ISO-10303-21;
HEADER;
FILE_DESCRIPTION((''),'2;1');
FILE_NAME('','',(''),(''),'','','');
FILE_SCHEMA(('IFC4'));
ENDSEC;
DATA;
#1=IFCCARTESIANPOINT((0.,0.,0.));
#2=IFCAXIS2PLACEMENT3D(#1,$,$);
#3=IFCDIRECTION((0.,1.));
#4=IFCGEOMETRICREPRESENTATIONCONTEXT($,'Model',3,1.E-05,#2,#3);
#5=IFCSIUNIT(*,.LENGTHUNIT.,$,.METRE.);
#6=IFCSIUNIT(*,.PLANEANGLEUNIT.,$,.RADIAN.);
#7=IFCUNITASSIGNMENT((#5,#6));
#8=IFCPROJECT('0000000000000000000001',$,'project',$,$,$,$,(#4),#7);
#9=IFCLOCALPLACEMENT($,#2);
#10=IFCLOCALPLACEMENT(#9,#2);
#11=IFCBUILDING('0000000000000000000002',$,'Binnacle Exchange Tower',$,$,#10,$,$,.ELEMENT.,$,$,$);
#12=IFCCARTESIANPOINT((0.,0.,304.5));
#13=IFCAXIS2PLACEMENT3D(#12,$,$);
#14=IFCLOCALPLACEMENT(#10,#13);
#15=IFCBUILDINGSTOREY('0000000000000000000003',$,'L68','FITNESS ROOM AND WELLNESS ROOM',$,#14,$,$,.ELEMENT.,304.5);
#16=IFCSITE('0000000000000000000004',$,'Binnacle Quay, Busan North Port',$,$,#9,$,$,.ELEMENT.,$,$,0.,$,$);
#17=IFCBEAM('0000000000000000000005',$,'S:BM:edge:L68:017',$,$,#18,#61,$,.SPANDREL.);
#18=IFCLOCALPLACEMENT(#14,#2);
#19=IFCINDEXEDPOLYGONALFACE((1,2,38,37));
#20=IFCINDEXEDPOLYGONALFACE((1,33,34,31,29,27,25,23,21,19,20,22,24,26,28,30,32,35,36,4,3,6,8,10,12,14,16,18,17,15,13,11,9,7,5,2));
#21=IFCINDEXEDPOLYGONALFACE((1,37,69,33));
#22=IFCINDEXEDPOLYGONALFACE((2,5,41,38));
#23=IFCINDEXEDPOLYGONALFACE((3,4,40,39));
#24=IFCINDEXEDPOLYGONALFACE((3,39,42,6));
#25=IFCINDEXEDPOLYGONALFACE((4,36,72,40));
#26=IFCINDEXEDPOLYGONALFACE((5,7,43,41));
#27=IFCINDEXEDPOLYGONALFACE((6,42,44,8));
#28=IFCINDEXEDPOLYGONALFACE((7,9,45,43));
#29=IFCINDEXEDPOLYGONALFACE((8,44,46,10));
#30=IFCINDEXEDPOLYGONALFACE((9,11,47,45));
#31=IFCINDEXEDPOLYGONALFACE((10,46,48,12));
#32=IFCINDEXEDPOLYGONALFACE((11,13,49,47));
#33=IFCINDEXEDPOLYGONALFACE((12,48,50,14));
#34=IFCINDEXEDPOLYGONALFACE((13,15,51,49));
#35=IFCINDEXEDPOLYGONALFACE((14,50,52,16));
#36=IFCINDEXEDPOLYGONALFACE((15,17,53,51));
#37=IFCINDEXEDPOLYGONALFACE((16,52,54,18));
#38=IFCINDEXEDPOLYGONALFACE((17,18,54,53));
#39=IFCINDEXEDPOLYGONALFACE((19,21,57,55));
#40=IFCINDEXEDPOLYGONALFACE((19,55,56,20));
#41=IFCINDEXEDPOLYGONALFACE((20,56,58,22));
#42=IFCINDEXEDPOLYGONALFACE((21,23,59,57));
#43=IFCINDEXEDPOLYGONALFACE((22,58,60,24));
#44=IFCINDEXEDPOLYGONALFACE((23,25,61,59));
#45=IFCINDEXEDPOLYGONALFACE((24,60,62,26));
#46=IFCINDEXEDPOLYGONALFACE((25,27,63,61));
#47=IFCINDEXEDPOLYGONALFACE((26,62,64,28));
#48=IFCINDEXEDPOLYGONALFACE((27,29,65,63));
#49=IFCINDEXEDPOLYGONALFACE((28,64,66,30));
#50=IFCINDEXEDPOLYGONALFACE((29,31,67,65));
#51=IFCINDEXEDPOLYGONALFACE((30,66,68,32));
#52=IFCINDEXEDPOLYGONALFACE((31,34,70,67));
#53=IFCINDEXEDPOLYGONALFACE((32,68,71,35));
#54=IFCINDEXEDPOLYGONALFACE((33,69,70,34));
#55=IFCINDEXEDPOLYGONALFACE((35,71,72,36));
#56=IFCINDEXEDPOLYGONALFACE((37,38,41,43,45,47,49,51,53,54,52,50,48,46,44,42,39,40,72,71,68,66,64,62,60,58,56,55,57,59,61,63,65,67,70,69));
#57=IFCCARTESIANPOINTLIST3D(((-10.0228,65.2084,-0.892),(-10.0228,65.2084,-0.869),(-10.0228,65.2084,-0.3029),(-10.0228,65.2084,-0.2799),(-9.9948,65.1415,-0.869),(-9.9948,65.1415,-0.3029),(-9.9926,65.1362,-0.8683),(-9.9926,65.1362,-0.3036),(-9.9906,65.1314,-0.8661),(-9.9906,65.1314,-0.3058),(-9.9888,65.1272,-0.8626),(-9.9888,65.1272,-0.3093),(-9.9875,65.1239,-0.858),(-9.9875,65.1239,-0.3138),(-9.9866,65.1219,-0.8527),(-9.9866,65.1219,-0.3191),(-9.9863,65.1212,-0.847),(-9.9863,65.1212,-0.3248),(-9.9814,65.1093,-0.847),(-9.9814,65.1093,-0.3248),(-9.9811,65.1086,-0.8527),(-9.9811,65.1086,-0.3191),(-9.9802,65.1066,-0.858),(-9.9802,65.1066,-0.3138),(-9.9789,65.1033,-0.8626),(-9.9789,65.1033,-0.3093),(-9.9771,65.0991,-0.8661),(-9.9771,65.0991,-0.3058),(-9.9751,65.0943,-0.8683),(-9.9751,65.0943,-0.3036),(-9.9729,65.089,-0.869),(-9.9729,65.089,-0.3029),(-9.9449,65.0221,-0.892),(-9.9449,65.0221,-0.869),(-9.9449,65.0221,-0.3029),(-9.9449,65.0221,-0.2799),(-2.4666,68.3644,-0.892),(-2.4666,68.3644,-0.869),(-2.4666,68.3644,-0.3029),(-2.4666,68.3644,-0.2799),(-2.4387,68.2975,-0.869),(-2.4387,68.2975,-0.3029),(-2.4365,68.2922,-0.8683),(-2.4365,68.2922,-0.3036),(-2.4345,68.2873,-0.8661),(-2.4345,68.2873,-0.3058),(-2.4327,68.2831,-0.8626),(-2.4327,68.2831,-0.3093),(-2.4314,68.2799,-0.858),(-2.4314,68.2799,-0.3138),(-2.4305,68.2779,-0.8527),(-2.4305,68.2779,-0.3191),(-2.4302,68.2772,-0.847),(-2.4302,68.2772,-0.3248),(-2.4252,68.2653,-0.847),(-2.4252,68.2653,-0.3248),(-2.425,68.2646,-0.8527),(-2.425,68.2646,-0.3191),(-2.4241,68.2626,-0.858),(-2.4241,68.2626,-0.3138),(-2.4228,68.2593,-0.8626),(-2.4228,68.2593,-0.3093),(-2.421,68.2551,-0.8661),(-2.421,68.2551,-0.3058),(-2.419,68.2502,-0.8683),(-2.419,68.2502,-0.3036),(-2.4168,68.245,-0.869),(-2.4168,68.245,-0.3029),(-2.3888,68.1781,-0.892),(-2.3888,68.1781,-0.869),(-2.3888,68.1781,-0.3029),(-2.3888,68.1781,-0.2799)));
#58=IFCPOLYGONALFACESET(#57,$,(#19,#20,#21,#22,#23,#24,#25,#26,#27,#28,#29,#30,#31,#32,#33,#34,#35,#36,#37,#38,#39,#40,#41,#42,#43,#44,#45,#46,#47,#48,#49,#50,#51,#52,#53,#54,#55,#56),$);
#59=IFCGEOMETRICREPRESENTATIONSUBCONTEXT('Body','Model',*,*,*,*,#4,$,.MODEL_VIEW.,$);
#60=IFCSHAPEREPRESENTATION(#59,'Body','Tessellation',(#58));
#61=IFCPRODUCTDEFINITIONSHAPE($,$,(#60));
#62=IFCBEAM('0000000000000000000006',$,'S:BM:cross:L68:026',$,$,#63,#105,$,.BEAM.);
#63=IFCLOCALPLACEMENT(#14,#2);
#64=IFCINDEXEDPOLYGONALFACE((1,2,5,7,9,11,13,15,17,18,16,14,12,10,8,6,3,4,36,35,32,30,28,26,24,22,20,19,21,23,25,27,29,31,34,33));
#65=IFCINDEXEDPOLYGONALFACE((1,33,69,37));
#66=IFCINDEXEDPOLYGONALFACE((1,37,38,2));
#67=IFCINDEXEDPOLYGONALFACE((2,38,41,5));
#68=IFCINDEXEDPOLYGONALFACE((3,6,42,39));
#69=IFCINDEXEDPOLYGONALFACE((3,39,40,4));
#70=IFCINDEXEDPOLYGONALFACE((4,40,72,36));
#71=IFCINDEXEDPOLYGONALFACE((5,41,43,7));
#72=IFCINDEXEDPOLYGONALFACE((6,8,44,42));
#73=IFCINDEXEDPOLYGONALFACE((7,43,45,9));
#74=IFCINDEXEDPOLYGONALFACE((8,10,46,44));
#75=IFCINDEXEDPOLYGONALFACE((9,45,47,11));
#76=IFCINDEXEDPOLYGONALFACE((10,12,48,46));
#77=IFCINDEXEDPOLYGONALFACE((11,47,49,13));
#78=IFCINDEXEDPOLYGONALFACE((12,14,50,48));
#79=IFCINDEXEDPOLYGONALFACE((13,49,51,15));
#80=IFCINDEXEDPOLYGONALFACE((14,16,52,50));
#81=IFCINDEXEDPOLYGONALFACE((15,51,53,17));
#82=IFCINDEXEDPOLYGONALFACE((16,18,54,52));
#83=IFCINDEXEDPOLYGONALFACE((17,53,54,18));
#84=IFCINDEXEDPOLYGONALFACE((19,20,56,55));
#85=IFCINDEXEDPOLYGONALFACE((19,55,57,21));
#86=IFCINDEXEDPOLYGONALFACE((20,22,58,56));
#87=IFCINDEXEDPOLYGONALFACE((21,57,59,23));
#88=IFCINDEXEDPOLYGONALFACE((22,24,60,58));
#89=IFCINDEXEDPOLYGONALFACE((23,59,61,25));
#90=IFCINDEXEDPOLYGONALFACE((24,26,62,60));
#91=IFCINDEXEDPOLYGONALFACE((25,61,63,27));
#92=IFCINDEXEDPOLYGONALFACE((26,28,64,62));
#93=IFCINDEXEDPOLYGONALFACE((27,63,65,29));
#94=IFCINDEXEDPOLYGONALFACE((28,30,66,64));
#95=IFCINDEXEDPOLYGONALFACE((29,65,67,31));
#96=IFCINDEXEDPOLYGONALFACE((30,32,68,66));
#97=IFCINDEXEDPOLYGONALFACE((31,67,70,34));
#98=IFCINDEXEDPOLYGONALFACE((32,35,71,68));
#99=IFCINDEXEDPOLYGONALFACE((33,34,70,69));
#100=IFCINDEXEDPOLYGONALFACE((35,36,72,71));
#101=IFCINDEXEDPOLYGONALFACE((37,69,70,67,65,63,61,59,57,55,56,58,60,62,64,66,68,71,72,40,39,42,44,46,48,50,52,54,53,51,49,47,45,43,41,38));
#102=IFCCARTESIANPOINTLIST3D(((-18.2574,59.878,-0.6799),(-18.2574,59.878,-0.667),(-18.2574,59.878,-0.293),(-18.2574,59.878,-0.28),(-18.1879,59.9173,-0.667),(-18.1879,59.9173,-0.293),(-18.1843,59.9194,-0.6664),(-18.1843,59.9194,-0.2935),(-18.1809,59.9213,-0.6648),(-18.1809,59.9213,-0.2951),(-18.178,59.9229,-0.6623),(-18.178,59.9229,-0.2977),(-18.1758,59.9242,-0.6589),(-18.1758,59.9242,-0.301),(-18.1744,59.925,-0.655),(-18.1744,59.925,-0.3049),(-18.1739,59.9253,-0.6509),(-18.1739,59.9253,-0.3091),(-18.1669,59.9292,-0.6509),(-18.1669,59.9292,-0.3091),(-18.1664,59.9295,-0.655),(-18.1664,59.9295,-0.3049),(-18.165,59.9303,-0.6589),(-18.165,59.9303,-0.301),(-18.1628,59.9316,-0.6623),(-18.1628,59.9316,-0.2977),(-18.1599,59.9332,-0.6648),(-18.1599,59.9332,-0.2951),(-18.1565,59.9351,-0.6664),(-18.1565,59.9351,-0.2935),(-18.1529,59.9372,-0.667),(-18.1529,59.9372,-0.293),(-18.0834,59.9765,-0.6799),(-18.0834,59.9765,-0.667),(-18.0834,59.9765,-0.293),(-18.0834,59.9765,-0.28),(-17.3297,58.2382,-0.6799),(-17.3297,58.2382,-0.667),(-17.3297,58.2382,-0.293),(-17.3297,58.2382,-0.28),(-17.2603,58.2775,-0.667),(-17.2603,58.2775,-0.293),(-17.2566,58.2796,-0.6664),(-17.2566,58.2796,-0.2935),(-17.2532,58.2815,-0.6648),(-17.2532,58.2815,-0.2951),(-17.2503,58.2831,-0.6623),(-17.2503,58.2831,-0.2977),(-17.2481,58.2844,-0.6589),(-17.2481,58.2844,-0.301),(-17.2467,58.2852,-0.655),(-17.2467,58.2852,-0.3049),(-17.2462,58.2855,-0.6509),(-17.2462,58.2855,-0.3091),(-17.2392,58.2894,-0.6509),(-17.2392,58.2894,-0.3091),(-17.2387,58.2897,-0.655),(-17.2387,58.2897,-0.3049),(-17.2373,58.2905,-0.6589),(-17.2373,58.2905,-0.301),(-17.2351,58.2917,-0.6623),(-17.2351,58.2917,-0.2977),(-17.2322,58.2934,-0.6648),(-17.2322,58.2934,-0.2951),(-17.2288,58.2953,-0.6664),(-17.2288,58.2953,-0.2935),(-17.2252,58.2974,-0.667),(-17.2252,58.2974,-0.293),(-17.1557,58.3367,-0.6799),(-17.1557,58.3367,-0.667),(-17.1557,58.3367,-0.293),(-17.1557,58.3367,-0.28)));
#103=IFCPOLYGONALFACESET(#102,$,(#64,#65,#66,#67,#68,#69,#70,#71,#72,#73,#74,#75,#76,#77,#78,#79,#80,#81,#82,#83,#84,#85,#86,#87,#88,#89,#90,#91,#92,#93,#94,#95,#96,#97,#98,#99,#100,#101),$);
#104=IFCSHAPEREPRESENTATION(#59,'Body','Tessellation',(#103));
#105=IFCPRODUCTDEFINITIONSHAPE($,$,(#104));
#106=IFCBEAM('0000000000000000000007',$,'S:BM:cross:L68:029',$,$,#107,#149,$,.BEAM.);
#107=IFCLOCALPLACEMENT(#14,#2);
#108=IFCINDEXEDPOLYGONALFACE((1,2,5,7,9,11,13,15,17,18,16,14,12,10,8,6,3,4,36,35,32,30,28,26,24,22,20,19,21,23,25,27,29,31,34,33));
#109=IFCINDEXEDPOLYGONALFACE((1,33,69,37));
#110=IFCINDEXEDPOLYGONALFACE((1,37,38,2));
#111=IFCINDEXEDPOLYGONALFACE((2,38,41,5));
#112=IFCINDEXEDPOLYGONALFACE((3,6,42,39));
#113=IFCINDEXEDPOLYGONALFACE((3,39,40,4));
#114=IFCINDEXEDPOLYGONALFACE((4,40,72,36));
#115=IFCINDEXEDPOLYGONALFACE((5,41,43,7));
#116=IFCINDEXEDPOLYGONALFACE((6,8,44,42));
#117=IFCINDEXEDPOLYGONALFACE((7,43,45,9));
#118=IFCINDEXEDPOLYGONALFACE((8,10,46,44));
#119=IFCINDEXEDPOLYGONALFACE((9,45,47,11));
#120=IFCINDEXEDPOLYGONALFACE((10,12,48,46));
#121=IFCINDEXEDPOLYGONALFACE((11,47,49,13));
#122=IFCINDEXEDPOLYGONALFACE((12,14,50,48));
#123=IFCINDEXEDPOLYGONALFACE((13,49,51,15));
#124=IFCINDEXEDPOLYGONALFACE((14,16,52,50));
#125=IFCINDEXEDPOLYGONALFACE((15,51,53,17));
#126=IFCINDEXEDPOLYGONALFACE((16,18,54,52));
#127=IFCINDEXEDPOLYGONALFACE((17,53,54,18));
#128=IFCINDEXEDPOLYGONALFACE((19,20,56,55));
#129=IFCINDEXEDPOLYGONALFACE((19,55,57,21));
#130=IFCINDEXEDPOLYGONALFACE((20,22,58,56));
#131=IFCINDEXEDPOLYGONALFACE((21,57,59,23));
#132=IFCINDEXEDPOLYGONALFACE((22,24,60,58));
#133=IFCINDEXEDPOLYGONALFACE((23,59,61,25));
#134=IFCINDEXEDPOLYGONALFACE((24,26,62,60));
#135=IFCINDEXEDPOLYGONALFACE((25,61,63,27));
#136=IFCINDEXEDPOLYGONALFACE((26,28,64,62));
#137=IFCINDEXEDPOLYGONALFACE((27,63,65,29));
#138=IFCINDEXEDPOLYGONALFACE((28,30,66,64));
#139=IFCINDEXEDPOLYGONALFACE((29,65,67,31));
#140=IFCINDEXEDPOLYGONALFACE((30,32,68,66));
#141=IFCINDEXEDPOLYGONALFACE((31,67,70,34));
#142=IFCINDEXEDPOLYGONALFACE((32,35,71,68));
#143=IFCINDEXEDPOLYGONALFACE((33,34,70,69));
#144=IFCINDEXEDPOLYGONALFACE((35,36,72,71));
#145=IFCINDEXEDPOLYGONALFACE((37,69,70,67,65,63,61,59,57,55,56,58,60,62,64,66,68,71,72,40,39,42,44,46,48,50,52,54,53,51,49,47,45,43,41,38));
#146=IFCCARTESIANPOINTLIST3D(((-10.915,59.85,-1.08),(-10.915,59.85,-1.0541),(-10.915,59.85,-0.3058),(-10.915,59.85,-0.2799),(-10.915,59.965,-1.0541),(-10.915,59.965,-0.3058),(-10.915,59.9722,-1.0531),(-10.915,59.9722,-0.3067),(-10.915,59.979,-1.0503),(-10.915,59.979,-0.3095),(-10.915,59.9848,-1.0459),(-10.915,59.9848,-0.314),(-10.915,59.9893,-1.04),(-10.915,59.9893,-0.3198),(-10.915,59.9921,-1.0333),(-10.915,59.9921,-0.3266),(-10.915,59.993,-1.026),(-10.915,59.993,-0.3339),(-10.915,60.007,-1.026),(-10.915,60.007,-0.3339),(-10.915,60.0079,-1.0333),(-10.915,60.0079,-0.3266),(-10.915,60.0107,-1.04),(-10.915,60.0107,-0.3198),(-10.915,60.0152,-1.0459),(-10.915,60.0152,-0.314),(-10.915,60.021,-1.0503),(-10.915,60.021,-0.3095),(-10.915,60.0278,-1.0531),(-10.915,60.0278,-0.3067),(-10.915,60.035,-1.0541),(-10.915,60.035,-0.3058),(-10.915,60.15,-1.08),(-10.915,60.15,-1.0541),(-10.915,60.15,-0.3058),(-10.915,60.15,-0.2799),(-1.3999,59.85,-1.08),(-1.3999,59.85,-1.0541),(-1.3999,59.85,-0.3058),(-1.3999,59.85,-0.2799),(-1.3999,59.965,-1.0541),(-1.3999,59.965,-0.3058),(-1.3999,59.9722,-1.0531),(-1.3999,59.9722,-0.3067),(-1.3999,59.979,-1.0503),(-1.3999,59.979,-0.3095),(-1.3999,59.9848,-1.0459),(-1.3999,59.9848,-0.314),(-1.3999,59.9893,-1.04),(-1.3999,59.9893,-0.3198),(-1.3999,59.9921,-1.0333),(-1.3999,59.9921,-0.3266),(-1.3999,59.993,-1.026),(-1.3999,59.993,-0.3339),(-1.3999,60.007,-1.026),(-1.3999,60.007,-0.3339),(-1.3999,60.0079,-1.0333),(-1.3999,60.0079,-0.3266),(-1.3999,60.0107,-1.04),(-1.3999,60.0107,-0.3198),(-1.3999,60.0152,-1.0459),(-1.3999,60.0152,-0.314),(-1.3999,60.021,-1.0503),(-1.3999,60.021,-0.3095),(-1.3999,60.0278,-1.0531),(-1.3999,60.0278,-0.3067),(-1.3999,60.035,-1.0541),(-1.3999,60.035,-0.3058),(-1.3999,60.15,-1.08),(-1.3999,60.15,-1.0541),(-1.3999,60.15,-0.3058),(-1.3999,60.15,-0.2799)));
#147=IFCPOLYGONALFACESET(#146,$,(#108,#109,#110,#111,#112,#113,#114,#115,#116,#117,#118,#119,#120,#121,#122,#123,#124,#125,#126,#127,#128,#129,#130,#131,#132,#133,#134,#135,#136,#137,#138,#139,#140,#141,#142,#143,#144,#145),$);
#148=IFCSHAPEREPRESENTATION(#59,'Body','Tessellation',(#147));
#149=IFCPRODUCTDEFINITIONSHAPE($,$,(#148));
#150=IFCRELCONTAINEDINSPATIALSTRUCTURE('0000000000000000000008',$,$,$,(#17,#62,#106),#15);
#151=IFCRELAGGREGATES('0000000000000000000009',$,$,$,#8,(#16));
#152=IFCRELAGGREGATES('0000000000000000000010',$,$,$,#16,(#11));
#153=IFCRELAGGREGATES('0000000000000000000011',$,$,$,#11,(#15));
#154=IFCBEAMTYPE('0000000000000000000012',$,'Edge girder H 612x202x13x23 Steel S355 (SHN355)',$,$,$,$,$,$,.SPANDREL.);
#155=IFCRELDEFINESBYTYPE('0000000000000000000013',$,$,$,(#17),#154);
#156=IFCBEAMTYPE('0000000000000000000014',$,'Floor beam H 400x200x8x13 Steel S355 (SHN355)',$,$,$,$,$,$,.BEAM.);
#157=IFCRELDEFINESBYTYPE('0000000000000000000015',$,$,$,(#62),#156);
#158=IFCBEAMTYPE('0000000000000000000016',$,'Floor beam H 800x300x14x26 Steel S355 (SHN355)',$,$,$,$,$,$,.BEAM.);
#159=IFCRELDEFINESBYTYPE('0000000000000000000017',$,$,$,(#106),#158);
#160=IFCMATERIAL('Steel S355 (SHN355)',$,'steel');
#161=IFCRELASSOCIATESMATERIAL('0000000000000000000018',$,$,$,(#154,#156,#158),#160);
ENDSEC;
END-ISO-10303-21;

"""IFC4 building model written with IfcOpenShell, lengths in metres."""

from ifc_helpers import new_model, si_unit, direction, frame, origin, origin_2d, place, context, subcontext, project, spatial, i_section, extrude, material, material_profile, profile_set, type_object, element, save


model = new_model("IFC4")

# Units and contexts
model_context = context("Model", 3, precision=1e-05, world=origin(), true_north=direction((0.0, 1.0)))
body_context = subcontext(model_context, "Body", "Model", "MODEL_VIEW")
ifc_project = project(units=[si_unit("LENGTHUNIT", "METRE"), si_unit("PLANEANGLEUNIT", "RADIAN")], contexts=[model_context])

# Site, building, storey
site_placement = place(None, origin())
site = spatial("IfcSite", under=ifc_project, at=site_placement, Name="Binnacle Quay, Busan North Port", CompositionType="ELEMENT", RefElevation=0.0)
building_placement = place(site_placement, origin())
building = spatial("IfcBuilding", under=site, at=building_placement, Name="Binnacle Exchange Tower", CompositionType="ELEMENT")
storey_placement = place(building_placement, frame((0.0, 0.0, 304.5)))
storey = spatial("IfcBuildingStorey", under=building, at=storey_placement, Name="L68", Description="FITNESS ROOM AND WELLNESS ROOM", CompositionType="ELEMENT", Elevation=304.5)

# Beams
ifc_material_1 = material(Name="Steel S355 (SHN355)", Category="steel")
ifc_material_profile_1 = material_profile(ifc_material_1, i_section(OverallWidth=0.2019, OverallDepth=0.6121, WebThickness=0.0129, FlangeThickness=0.0229, FilletRadius=0.022, at=origin_2d()), Name="H 612x202x13x23")
ifc_profile_set_1 = profile_set([ifc_material_profile_1], Name="Steel S355 (SHN355)")
beam_type_1 = type_object("IfcBeamType", Name="Edge girder H 612x202x13x23 Steel S355 (SHN355)", PredefinedType="SPANDREL", material=ifc_profile_set_1)
beam_1_placement = place(storey_placement, frame((-2.4277, 68.2712, -0.5859), z_axis=(-0.922747, -0.385407, 0.0), x_axis=(0.385407, -0.922747, 0.0)))
element("IfcBeam", 1, at=beam_1_placement, inside=storey, type_object=beam_type_1, Name="S:BM:edge:L68:017", PredefinedType="SPANDREL", context=body_context, shape_type="SweptSolid", body=[
    extrude(i_section(OverallWidth=0.2019, OverallDepth=0.6121, WebThickness=0.0129, FlangeThickness=0.0229, FilletRadius=0.022, at=origin_2d()), origin(), (0.0, 0.0, 1.0), 8.1887),
])
ifc_material_profile_2 = material_profile(ifc_material_1, i_section(OverallWidth=0.2, OverallDepth=0.3999, WebThickness=0.0081, FlangeThickness=0.0129, FilletRadius=0.0161, at=origin_2d()), Name="H 400x200x8x13")
ifc_profile_set_2 = profile_set([ifc_material_profile_2], Name="Steel S355 (SHN355)")
beam_type_2 = type_object("IfcBeamType", Name="Floor beam H 400x200x8x13 Steel S355 (SHN355)", PredefinedType="BEAM", material=ifc_profile_set_2)
beam_2_placement = place(storey_placement, frame((-18.1704, 59.9272, -0.48), z_axis=(0.492395, -0.870372, 0.0), x_axis=(0.870372, 0.492395, 0.0)))
element("IfcBeam", 2, at=beam_2_placement, inside=storey, type_object=beam_type_2, Name="S:BM:cross:L68:026", PredefinedType="BEAM", context=body_context, shape_type="SweptSolid", body=[
    extrude(i_section(OverallWidth=0.2, OverallDepth=0.3999, WebThickness=0.0081, FlangeThickness=0.0129, FilletRadius=0.0161, at=origin_2d()), origin(), (0.0, 0.0, 1.0), 1.884),
])
ifc_material_profile_3 = material_profile(ifc_material_1, i_section(OverallWidth=0.3, OverallDepth=0.8, WebThickness=0.0139, FlangeThickness=0.0259, FilletRadius=0.0281, at=origin_2d()), Name="H 800x300x14x26")
ifc_profile_set_3 = profile_set([ifc_material_profile_3], Name="Steel S355 (SHN355)")
beam_type_3 = type_object("IfcBeamType", Name="Floor beam H 800x300x14x26 Steel S355 (SHN355)", PredefinedType="BEAM", material=ifc_profile_set_3)
beam_3_placement = place(storey_placement, frame((-1.3999, 60.0, -0.6799), z_axis=(-1.0, 0.0, 0.0), x_axis=(0.0, -1.0, 0.0)))
element("IfcBeam", 3, at=beam_3_placement, inside=storey, type_object=beam_type_3, Name="S:BM:cross:L68:029", PredefinedType="BEAM", context=body_context, shape_type="SweptSolid", body=[
    extrude(i_section(OverallWidth=0.3, OverallDepth=0.8, WebThickness=0.0139, FlangeThickness=0.0259, FilletRadius=0.0281, at=origin_2d()), origin(), (0.0, 0.0, 1.0), 9.5151),
])

save(model, "model.ifc")
